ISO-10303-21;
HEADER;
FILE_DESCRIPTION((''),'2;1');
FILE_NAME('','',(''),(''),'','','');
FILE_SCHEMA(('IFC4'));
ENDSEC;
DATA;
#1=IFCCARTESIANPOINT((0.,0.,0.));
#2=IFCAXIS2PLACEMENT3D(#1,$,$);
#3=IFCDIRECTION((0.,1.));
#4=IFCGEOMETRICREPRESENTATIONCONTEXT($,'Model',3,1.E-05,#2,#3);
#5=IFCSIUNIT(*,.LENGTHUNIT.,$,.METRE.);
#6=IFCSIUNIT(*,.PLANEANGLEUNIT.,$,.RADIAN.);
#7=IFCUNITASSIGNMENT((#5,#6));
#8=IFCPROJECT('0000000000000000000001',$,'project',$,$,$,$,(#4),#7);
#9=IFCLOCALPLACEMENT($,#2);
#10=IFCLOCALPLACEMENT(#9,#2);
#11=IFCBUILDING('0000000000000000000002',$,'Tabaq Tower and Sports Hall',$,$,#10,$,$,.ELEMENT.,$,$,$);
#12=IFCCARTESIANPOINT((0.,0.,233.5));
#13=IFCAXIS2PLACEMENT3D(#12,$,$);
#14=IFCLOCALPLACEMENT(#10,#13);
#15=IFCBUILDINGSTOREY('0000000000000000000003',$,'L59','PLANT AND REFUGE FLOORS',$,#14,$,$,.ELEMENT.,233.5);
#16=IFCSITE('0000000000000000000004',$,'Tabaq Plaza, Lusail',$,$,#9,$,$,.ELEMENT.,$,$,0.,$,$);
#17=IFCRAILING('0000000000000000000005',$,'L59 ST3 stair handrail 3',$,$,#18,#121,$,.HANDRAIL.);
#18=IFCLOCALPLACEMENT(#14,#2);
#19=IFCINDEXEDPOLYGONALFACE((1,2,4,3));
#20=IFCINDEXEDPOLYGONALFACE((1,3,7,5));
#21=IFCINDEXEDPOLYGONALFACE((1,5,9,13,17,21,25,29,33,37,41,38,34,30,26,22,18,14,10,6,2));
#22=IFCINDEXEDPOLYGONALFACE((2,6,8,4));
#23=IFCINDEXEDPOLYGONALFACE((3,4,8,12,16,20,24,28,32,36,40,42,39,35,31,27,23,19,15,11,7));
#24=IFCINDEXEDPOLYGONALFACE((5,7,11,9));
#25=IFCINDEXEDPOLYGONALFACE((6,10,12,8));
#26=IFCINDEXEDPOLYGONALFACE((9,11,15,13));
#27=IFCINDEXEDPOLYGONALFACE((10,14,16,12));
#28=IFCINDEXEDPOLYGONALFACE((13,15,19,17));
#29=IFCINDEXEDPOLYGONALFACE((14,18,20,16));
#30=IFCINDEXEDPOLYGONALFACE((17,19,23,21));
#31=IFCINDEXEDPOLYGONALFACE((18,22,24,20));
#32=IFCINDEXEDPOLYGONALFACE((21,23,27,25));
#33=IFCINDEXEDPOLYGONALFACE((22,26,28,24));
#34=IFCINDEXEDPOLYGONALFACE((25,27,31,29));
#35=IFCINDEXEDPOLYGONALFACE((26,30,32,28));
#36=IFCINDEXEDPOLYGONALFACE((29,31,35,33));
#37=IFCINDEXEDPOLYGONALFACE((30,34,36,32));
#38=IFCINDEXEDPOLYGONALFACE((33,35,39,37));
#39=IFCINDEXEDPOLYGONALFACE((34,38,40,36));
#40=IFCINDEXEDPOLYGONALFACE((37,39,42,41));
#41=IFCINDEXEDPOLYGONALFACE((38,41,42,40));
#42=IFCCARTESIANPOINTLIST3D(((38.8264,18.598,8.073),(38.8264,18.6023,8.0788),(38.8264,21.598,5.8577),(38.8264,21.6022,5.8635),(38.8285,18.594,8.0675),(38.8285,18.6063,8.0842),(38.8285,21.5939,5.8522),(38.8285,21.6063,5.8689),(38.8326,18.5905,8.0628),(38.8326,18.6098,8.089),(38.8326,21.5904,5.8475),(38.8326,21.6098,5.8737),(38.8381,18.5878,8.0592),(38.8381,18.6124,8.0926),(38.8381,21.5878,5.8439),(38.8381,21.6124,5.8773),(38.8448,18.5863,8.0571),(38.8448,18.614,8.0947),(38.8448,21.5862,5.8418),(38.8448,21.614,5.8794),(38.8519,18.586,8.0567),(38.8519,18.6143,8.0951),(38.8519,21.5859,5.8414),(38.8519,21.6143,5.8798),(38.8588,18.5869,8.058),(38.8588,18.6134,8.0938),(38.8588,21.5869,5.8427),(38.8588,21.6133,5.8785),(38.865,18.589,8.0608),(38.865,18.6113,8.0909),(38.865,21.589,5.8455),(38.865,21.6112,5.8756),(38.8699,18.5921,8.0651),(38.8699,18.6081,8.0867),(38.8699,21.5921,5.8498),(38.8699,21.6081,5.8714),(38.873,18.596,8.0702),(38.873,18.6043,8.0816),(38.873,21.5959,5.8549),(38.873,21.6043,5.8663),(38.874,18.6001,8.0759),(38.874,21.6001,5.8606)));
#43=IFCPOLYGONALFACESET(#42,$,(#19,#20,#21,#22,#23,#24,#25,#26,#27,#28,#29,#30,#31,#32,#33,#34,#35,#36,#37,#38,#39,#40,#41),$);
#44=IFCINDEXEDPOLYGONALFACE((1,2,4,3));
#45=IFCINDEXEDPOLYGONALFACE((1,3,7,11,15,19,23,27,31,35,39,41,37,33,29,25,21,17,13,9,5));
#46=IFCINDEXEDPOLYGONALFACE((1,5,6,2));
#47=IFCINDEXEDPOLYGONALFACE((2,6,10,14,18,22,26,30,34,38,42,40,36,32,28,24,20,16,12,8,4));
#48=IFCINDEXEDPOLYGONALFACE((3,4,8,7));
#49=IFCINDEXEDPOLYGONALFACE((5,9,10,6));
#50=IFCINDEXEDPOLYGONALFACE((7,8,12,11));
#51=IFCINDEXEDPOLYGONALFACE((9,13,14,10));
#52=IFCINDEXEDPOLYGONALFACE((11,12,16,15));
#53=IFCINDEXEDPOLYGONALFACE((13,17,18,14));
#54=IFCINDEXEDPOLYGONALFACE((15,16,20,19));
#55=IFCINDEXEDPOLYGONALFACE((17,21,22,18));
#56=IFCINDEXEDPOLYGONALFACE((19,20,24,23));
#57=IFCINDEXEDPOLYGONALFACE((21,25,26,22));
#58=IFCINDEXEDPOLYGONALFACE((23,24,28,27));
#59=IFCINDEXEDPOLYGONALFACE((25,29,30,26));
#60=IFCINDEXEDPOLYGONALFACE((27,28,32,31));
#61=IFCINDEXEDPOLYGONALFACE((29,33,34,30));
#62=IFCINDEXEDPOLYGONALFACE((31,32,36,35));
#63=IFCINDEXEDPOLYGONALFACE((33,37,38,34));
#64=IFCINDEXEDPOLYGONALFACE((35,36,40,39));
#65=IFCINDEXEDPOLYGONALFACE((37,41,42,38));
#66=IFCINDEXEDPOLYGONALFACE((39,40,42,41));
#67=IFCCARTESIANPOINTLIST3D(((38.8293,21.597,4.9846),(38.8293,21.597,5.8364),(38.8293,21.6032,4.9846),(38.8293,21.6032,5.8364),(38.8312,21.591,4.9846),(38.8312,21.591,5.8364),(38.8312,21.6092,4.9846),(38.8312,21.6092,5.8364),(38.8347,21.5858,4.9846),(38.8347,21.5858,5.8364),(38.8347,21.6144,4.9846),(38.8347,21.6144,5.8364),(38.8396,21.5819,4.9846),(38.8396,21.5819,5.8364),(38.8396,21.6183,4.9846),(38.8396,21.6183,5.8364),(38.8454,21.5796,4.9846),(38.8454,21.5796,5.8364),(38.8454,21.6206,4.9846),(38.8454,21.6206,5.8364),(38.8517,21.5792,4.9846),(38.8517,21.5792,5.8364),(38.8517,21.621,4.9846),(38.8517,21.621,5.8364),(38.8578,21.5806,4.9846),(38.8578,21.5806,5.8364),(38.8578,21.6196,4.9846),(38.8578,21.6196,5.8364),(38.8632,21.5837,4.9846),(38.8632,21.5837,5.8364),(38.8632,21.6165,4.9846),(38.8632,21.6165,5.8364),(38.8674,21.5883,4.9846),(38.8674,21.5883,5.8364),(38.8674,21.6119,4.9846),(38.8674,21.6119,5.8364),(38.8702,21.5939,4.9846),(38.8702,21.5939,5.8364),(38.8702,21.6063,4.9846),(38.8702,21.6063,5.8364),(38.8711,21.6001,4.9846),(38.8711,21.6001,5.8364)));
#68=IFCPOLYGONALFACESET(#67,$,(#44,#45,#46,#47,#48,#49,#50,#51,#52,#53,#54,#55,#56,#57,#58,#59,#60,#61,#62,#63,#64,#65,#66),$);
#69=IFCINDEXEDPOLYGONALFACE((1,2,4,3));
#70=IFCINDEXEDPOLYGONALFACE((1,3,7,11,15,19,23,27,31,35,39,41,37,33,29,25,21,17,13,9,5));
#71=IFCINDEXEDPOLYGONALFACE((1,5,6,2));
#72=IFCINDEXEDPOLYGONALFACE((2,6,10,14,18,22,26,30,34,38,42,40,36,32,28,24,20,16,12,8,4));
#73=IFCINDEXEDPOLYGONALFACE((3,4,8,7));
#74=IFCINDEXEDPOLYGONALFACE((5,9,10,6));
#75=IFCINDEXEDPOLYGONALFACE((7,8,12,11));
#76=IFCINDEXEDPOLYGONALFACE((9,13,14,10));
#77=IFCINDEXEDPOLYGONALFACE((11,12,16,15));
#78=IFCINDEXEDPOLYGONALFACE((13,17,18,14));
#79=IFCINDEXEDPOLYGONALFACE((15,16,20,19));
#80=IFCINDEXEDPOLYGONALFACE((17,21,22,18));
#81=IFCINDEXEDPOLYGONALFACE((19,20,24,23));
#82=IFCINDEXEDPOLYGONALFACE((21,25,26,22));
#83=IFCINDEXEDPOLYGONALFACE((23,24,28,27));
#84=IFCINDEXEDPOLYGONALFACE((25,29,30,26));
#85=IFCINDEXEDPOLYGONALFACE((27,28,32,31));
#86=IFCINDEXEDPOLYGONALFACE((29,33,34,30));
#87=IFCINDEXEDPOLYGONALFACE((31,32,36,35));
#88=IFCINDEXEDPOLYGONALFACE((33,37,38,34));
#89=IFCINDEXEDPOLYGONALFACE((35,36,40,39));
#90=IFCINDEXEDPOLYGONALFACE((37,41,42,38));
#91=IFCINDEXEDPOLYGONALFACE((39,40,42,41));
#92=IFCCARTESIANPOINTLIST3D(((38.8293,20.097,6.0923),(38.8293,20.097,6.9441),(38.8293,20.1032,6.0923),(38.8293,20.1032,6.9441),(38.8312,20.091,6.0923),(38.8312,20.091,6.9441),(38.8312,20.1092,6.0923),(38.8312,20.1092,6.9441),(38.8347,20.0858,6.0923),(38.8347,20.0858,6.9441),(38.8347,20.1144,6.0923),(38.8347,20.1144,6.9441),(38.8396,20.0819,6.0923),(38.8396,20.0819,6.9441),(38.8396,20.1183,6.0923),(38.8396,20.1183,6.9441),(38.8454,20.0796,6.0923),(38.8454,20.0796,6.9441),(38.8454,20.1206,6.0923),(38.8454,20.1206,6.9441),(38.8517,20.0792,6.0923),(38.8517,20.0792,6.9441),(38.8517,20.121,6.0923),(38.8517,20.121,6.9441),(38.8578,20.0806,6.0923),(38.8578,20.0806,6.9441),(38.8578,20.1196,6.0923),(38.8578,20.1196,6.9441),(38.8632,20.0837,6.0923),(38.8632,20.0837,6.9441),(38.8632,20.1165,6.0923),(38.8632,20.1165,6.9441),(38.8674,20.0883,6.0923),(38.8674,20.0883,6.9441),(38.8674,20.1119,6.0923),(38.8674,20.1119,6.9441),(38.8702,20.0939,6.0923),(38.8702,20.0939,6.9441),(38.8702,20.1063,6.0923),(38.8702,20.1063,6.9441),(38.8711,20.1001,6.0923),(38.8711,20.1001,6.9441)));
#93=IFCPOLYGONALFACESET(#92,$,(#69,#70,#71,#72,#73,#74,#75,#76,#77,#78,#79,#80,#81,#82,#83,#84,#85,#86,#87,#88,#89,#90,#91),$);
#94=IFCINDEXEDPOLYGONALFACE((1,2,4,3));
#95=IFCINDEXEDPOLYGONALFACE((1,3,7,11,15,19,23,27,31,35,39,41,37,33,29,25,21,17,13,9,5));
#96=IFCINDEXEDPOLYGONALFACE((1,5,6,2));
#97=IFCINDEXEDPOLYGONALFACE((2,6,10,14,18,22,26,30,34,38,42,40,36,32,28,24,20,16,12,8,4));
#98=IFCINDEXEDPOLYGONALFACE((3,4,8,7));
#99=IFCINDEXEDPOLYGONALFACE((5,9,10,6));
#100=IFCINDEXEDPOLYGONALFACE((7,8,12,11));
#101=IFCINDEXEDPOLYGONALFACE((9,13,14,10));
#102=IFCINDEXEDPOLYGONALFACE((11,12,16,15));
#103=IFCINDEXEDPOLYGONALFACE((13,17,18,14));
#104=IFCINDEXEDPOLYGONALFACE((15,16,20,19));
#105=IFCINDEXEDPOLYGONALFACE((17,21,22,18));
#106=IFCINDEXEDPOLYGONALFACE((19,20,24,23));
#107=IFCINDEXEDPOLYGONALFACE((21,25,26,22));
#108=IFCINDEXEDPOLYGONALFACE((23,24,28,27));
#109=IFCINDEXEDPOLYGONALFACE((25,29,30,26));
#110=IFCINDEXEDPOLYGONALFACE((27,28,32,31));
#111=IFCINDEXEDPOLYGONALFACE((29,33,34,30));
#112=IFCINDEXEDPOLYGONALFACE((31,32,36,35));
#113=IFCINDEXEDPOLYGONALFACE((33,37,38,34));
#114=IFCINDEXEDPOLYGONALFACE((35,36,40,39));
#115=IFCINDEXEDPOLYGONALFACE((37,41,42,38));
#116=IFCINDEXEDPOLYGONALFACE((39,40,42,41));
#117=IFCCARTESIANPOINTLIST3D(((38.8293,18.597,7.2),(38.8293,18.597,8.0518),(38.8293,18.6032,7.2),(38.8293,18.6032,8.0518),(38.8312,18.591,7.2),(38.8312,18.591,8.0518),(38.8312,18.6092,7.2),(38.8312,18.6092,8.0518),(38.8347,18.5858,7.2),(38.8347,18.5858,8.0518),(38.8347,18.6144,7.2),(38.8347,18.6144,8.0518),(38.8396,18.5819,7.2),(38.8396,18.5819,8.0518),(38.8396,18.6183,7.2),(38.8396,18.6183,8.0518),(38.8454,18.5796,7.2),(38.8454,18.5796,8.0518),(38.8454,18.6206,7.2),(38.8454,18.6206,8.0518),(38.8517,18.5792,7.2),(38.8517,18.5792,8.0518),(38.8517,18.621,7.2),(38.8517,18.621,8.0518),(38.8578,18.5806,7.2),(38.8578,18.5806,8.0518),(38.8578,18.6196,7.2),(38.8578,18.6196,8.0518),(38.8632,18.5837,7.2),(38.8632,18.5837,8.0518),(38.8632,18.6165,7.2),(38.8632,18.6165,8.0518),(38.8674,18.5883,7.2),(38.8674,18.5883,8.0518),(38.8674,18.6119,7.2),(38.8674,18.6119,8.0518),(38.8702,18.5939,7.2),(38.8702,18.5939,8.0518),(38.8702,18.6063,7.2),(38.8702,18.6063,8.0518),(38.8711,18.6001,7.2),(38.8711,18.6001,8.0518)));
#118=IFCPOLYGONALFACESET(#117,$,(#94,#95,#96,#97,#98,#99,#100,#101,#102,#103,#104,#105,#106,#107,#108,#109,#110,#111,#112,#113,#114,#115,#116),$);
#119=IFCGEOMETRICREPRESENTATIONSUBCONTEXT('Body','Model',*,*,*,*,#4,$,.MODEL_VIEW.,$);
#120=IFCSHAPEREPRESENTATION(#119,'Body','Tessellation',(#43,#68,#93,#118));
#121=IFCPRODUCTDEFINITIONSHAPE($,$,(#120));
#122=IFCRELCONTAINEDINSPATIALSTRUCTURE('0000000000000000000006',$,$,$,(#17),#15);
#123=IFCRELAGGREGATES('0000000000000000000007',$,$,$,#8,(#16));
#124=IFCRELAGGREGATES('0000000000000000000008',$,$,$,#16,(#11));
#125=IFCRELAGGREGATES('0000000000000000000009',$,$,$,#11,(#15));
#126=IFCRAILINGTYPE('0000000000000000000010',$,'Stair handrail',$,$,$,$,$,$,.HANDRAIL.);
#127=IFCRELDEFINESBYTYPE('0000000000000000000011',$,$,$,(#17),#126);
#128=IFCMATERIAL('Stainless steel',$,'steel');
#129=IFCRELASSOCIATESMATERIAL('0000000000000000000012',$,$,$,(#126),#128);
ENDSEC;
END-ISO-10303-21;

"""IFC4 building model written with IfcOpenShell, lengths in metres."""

from ifc_helpers import new_model, si_unit, direction, frame, origin, origin_2d, place, context, subcontext, project, spatial, circle, extrude, material, type_object, element, save


model = new_model("IFC4")

# Units and contexts
model_context = context("Model", 3, precision=1e-05, world=origin(), true_north=direction((0.0, 1.0)))
body_context = subcontext(model_context, "Body", "Model", "MODEL_VIEW")
ifc_project = project(units=[si_unit("LENGTHUNIT", "METRE"), si_unit("PLANEANGLEUNIT", "RADIAN")], contexts=[model_context])

# Site, building, storey
site_placement = place(None, origin())
site = spatial("IfcSite", under=ifc_project, at=site_placement, Name="Tabaq Plaza, Lusail", CompositionType="ELEMENT", RefElevation=0.0)
building_placement = place(site_placement, origin())
building = spatial("IfcBuilding", under=site, at=building_placement, Name="Tabaq Tower and Sports Hall", CompositionType="ELEMENT")
storey_placement = place(building_placement, frame((0.0, 0.0, 233.5)))
storey = spatial("IfcBuildingStorey", under=building, at=storey_placement, Name="L59", Description="PLANT AND REFUGE FLOORS", CompositionType="ELEMENT", Elevation=233.5)

# Railing
ifc_material_1 = material(Name="Stainless steel", Category="steel")
railing_type_1 = type_object("IfcRailingType", Name="Stair handrail", PredefinedType="HANDRAIL", material=ifc_material_1)
railing_1_placement = place(storey_placement, frame((38.8501, 21.6001, 4.9846)))
element("IfcRailing", 1, at=railing_1_placement, inside=storey, type_object=railing_type_1, Name="L59 ST3 stair handrail 3", PredefinedType="HANDRAIL", context=body_context, shape_type="SweptSolid", body=[
    extrude(circle(Radius=0.0239, at=origin_2d()), frame((0.0, 0.0, 0.876), z_axis=(0.0, -0.80444, 0.594034), x_axis=(1.0, 0.0, 0.0)), (0.0, 0.0, 1.0), 3.7292),
    extrude(circle(Radius=0.021, at=origin_2d()), origin(), (0.0, 0.0, 1.0), 0.8518),
    extrude(circle(Radius=0.021, at=origin_2d()), frame((0.0, -1.5, 1.1077)), (0.0, 0.0, 1.0), 0.8518),
    extrude(circle(Radius=0.021, at=origin_2d()), frame((0.0, -3.0, 2.2153)), (0.0, 0.0, 1.0), 0.8518),
])

save(model, "model.ifc")
